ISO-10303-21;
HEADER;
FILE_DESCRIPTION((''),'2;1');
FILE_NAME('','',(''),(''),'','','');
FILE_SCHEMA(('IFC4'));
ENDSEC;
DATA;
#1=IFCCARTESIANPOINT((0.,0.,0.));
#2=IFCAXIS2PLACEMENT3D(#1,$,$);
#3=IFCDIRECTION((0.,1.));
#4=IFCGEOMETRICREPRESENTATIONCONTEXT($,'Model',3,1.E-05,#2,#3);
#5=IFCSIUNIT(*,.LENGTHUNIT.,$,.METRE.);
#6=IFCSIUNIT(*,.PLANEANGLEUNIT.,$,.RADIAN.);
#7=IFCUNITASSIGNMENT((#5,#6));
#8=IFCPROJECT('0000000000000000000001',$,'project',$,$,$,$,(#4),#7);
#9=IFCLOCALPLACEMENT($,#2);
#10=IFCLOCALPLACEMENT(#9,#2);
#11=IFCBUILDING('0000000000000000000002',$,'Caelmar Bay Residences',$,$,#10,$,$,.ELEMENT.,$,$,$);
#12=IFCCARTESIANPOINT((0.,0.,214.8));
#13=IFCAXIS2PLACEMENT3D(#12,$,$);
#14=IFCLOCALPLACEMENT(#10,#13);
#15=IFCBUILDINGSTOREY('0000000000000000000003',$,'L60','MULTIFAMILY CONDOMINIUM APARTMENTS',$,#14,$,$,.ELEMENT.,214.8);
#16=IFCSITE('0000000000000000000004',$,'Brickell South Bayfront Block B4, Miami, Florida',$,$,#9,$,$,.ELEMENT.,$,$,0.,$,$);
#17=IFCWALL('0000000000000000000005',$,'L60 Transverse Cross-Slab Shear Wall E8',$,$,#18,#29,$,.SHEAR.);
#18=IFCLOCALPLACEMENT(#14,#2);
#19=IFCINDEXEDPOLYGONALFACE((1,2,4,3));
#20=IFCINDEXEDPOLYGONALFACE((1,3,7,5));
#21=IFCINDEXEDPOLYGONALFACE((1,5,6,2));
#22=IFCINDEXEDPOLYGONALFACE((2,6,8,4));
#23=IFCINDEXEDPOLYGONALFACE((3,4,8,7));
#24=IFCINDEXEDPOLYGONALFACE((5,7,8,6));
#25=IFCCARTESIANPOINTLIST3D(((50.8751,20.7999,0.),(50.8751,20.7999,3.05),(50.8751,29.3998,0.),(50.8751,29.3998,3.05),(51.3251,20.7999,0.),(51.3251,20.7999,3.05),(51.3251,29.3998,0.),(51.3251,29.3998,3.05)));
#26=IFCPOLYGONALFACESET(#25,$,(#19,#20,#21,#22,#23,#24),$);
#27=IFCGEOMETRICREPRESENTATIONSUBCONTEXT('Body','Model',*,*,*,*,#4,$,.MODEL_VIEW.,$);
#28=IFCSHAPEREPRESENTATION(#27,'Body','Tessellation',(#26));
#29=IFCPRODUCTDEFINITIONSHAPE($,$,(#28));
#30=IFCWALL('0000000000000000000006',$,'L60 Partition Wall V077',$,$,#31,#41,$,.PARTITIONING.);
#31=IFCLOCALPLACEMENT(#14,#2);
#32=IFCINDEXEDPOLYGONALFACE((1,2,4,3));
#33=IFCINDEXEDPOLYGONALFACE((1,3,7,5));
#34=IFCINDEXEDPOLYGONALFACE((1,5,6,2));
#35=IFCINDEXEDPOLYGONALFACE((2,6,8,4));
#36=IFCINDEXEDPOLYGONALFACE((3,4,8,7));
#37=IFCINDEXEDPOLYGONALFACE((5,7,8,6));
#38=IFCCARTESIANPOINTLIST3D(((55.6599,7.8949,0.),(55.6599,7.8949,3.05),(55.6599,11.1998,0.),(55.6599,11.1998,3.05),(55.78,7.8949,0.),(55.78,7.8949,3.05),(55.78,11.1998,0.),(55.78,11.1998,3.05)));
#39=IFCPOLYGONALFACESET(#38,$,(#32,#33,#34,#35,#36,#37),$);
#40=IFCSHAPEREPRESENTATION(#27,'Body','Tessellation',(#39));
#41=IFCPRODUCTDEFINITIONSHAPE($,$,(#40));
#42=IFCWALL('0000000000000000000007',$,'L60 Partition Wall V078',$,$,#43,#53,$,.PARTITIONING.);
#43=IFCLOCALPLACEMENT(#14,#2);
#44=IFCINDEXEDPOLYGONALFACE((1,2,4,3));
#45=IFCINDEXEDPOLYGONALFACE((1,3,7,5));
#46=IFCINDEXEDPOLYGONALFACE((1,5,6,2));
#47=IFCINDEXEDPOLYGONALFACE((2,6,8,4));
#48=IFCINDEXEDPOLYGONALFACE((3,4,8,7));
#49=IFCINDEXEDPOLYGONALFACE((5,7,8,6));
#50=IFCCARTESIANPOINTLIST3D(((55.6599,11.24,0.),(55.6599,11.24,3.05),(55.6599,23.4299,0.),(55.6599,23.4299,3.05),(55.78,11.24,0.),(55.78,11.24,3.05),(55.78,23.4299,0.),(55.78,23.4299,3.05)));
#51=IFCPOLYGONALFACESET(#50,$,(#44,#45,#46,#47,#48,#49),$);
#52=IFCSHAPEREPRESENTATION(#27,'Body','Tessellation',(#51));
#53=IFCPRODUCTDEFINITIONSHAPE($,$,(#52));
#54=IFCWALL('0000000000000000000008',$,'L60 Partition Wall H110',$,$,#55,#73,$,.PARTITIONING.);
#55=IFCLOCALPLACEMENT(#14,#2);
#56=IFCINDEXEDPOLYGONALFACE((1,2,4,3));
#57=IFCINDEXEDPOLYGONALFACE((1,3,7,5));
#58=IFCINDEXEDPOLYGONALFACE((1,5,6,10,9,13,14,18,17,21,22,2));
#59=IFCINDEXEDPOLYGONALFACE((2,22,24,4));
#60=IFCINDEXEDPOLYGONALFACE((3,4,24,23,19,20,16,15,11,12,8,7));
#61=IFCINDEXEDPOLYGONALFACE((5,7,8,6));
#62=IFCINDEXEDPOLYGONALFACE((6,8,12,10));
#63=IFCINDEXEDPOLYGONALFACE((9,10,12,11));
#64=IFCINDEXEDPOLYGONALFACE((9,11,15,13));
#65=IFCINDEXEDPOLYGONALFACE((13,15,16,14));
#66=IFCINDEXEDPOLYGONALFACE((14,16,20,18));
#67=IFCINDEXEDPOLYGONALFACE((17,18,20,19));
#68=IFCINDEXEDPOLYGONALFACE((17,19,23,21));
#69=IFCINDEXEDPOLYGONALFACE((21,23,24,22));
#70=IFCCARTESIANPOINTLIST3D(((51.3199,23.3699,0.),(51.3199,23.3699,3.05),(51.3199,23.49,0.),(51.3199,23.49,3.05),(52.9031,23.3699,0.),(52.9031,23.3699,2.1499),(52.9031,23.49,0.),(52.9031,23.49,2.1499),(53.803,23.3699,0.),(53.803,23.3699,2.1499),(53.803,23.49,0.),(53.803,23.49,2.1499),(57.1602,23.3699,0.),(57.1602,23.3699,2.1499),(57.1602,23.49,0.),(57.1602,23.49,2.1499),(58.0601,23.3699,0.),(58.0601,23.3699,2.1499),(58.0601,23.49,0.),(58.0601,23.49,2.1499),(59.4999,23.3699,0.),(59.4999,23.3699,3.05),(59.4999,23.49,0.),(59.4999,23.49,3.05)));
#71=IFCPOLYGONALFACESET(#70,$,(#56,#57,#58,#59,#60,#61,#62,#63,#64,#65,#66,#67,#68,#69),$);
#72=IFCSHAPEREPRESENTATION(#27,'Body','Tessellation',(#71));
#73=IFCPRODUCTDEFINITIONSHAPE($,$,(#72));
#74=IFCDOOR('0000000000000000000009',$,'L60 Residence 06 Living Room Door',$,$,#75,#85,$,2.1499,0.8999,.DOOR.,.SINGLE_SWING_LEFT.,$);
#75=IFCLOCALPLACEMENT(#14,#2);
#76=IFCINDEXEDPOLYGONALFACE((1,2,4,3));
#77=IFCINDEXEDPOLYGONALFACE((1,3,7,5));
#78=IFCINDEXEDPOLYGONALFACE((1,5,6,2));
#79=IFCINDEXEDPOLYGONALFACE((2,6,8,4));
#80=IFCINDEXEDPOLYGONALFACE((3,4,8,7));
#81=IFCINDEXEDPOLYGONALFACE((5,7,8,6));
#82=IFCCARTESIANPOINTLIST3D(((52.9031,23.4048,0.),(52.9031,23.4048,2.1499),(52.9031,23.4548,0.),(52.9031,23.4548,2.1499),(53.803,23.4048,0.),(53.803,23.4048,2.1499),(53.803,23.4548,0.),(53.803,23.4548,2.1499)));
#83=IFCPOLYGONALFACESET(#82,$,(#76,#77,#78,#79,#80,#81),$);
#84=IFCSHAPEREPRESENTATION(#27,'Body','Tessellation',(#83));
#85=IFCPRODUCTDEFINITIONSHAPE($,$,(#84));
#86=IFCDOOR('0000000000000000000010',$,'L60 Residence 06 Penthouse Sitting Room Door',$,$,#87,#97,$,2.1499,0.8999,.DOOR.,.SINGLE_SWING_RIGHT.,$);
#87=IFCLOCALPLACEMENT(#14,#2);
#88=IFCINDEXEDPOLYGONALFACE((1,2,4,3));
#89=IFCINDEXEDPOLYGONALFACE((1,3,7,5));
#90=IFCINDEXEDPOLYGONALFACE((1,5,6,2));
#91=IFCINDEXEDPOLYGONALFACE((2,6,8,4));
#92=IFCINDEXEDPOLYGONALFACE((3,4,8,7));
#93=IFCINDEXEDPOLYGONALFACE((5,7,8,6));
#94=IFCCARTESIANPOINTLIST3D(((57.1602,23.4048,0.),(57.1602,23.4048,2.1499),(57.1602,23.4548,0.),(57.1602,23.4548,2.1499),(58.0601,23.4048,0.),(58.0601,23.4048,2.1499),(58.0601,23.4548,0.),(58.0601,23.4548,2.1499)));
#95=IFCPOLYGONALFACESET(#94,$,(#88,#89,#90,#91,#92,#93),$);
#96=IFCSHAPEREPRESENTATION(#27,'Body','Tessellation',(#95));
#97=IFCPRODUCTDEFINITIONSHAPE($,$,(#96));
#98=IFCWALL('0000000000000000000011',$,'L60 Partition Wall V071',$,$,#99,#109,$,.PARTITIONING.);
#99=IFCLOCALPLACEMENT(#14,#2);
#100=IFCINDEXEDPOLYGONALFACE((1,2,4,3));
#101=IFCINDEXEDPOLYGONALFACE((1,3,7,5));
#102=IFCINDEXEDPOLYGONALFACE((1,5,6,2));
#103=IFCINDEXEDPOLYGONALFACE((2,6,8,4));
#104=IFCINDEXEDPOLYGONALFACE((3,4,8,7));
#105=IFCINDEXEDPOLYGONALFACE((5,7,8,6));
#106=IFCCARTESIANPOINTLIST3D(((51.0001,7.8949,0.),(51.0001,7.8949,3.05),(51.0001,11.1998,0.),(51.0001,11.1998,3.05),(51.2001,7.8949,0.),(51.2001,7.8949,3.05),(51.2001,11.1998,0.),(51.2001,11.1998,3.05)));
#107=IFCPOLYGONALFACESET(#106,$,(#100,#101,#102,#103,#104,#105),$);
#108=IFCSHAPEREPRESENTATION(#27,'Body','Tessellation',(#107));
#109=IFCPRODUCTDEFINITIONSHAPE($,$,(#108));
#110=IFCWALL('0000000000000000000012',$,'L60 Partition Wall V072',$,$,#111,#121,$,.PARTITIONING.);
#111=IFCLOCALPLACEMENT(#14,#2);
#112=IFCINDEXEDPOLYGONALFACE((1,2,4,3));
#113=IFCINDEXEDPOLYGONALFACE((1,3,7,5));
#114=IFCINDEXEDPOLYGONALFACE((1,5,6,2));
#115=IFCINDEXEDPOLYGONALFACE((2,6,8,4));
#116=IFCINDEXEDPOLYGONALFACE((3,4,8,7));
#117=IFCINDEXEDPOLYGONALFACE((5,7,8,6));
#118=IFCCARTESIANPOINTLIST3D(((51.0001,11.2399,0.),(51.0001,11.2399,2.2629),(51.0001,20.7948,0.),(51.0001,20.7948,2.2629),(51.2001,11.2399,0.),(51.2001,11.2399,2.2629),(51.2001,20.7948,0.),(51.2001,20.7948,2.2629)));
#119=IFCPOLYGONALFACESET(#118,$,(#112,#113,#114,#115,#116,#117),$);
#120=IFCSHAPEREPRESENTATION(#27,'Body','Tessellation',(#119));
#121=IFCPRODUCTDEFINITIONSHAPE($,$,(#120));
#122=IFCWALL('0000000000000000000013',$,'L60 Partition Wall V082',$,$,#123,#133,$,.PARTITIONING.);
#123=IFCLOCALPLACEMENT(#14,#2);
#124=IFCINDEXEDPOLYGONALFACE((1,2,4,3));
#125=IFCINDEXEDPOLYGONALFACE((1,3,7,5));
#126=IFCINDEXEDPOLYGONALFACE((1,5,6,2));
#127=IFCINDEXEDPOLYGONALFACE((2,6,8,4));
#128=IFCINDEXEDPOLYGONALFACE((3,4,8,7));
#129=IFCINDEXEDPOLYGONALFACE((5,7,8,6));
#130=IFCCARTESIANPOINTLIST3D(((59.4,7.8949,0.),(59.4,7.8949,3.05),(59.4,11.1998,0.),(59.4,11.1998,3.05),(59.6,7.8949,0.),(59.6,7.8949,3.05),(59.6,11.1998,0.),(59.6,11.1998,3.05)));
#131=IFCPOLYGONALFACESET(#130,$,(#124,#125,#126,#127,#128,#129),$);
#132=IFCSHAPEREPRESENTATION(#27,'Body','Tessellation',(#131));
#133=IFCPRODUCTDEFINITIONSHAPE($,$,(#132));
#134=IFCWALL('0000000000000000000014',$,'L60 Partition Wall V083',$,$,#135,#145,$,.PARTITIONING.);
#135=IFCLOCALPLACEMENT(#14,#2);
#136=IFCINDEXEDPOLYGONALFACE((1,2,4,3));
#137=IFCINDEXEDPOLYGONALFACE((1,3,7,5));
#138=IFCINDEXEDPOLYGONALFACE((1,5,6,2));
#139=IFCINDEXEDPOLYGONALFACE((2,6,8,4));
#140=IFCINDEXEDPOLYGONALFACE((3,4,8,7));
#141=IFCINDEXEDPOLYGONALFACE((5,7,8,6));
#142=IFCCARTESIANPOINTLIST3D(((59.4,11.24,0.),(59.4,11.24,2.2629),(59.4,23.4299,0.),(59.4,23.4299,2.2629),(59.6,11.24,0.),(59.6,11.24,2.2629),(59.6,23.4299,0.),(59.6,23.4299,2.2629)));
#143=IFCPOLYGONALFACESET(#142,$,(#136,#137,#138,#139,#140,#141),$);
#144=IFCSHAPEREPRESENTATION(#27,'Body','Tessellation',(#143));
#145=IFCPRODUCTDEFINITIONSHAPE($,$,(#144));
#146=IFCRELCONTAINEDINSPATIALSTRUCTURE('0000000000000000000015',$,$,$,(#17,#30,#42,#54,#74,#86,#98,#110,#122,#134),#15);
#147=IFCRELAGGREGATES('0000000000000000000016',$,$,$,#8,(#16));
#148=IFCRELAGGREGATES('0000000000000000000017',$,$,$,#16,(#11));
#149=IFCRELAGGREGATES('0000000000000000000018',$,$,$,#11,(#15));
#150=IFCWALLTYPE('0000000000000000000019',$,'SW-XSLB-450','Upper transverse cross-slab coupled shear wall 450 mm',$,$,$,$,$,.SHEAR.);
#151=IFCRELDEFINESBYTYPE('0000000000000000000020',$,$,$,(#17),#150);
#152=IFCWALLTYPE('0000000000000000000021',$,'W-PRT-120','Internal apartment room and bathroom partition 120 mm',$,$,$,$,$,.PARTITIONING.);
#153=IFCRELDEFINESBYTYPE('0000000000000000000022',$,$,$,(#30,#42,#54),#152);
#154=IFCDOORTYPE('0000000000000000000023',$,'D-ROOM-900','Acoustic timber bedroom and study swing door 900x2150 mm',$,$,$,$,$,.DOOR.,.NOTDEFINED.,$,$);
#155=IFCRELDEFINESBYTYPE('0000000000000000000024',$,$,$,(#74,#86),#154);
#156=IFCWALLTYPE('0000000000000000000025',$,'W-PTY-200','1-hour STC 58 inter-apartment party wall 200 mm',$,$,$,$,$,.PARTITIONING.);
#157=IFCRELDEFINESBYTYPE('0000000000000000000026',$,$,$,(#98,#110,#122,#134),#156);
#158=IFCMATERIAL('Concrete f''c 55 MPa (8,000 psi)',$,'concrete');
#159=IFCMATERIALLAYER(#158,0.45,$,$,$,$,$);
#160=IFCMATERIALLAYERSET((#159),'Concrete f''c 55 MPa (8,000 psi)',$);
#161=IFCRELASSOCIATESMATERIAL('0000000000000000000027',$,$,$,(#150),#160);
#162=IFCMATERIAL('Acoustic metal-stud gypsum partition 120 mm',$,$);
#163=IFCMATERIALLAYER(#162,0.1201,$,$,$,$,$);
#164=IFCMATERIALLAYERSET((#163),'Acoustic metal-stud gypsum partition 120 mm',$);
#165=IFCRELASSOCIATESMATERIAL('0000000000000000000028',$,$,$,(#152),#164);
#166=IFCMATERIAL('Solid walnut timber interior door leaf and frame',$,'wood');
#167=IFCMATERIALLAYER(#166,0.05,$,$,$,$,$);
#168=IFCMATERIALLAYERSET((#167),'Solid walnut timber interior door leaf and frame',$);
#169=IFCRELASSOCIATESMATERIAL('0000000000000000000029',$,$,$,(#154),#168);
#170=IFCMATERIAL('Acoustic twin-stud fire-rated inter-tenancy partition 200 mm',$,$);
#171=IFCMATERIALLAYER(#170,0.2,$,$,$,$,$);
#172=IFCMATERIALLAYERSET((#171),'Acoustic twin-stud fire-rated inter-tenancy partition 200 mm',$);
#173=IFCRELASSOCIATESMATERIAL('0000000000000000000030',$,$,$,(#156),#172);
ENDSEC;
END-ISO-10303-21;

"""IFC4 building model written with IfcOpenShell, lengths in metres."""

from ifc_helpers import new_model, si_unit, direction, frame, frame_2d, origin, place, context, subcontext, project, spatial, rectangle, extrude, material, layer, layer_set, type_object, element, fill, save


model = new_model("IFC4")

# Units and contexts
model_context = context("Model", 3, precision=1e-05, world=origin(), true_north=direction((0.0, 1.0)))
body_context = subcontext(model_context, "Body", "Model", "MODEL_VIEW")
ifc_project = project(units=[si_unit("LENGTHUNIT", "METRE"), si_unit("PLANEANGLEUNIT", "RADIAN")], contexts=[model_context])

# Site, building, storey
site_placement = place(None, origin())
site = spatial("IfcSite", under=ifc_project, at=site_placement, Name="Brickell South Bayfront Block B4, Miami, Florida", CompositionType="ELEMENT", RefElevation=0.0)
building_placement = place(site_placement, origin())
building = spatial("IfcBuilding", under=site, at=building_placement, Name="Caelmar Bay Residences", CompositionType="ELEMENT")
storey_placement = place(building_placement, frame((0.0, 0.0, 214.8)))
storey = spatial("IfcBuildingStorey", under=building, at=storey_placement, Name="L60", Description="MULTIFAMILY CONDOMINIUM APARTMENTS", CompositionType="ELEMENT", Elevation=214.8)

# Shared definitions
ifc_material_1 = material(Name="Concrete f'c 55 MPa (8,000 psi)", Category="concrete")

# Walls
ifc_layer_1 = layer(ifc_material_1, 0.45)
ifc_layer_set_1 = layer_set([ifc_layer_1], Name="Concrete f'c 55 MPa (8,000 psi)")
wall_type_1 = type_object("IfcWallType", Name="SW-XSLB-450", Description="Upper transverse cross-slab coupled shear wall 450 mm", PredefinedType="SHEAR", material=ifc_layer_set_1)
wall_1_placement = place(storey_placement, frame((51.1001, 20.8, 0.0), z_axis=(0.0, 0.0, 1.0), x_axis=(0.0, 1.0, 0.0)))
element("IfcWall", 1, at=wall_1_placement, inside=storey, type_object=wall_type_1, Name="L60 Transverse Cross-Slab Shear Wall E8", PredefinedType="SHEAR", context=body_context, shape_type="SweptSolid", body=[
    extrude(rectangle(XDim=8.5999, YDim=0.45, at=frame_2d((4.2998, 0.0))), origin(), (0.0, 0.0, 1.0), 3.05),
])
ifc_material_2 = material(Name="Acoustic metal-stud gypsum partition 120 mm")
ifc_layer_2 = layer(ifc_material_2, 0.1201)
ifc_layer_set_2 = layer_set([ifc_layer_2], Name="Acoustic metal-stud gypsum partition 120 mm")
wall_type_2 = type_object("IfcWallType", Name="W-PRT-120", Description="Internal apartment room and bathroom partition 120 mm", PredefinedType="PARTITIONING", material=ifc_layer_set_2)
wall_2_placement = place(storey_placement, frame((55.72, 7.895, 0.0), z_axis=(0.0, 0.0, 1.0), x_axis=(0.0, 1.0, 0.0)))
element("IfcWall", 2, at=wall_2_placement, inside=storey, type_object=wall_type_2, Name="L60 Partition Wall V077", PredefinedType="PARTITIONING", context=body_context, shape_type="SweptSolid", body=[
    extrude(rectangle(XDim=3.3049, YDim=0.1201, at=frame_2d((1.6523, 0.0))), origin(), (0.0, 0.0, 1.0), 3.05),
])
wall_3_placement = place(storey_placement, frame((55.72, 11.24, 0.0), z_axis=(0.0, 0.0, 1.0), x_axis=(0.0, 1.0, 0.0)))
element("IfcWall", 3, at=wall_3_placement, inside=storey, type_object=wall_type_2, Name="L60 Partition Wall V078", PredefinedType="PARTITIONING", context=body_context, shape_type="SweptSolid", body=[
    extrude(rectangle(XDim=12.1899, YDim=0.1201, at=frame_2d((6.095, 0.0))), origin(), (0.0, 0.0, 1.0), 3.05),
])

# Shared definitions
ifc_material_3 = material(Name="Solid walnut timber interior door leaf and frame", Category="wood")
ifc_layer_3 = layer(ifc_material_3, 0.05)
ifc_layer_set_3 = layer_set([ifc_layer_3], Name="Solid walnut timber interior door leaf and frame")
door_type = type_object("IfcDoorType", Name="D-ROOM-900", Description="Acoustic timber bedroom and study swing door 900x2150 mm", OperationType="NOTDEFINED", PredefinedType="DOOR", material=ifc_layer_set_3)

# Wall, openings, doors
wall_4_placement = place(storey_placement, frame((51.3201, 23.4299, 0.0), z_axis=(0.0, 0.0, 1.0), x_axis=(1.0, 0.0, 0.0)))
wall_4 = element("IfcWall", 4, at=wall_4_placement, inside=storey, type_object=wall_type_2, Name="L60 Partition Wall H110", PredefinedType="PARTITIONING", context=body_context, shape_type="SweptSolid", body=[
    extrude(rectangle(XDim=8.1799, YDim=0.1201, at=frame_2d((4.0898, 0.0))), origin(), (0.0, 0.0, 1.0), 3.05),
])
opening_1_placement = place(wall_4_placement, frame((1.583, 0.0, 0.0)))
opening_1 = element("IfcOpeningElement", 5, at=opening_1_placement, cuts=wall_4, PredefinedType="OPENING", context=body_context, shape_type="SweptSolid", body=[
    extrude(rectangle(XDim=0.8999, YDim=2.1499, at=frame_2d((0.45, 1.075))), frame((0.0, 0.0701, 0.0), z_axis=(0.0, -1.0, 0.0), x_axis=(1.0, 0.0, 0.0)), (0.0, 0.0, 1.0), 0.1401),
])
opening_2_placement = place(wall_4_placement, frame((5.8401, 0.0, 0.0)))
opening_2 = element("IfcOpeningElement", 6, at=opening_2_placement, cuts=wall_4, PredefinedType="OPENING", context=body_context, shape_type="SweptSolid", body=[
    extrude(rectangle(XDim=0.8999, YDim=2.1499, at=frame_2d((0.45, 1.075))), frame((0.0, 0.0701, 0.0), z_axis=(0.0, -1.0, 0.0), x_axis=(1.0, 0.0, 0.0)), (0.0, 0.0, 1.0), 0.1401),
])
door_1_placement = place(opening_1_placement, origin())
door_1 = element("IfcDoor", 7, at=door_1_placement, inside=storey, type_object=door_type, Name="L60 Residence 06 Living Room Door", OperationType="SINGLE_SWING_LEFT", OverallHeight=2.1499, OverallWidth=0.8999, PredefinedType="DOOR", context=body_context, shape_type="SweptSolid", body=[
    extrude(rectangle(XDim=0.8999, YDim=2.1499, at=frame_2d((0.45, 1.075))), frame((0.0, 0.0249, 0.0), z_axis=(0.0, -1.0, 0.0), x_axis=(1.0, 0.0, 0.0)), (0.0, 0.0, 1.0), 0.05),
])
fill(opening_1, door_1)
door_2_placement = place(opening_2_placement, origin())
door_2 = element("IfcDoor", 8, at=door_2_placement, inside=storey, type_object=door_type, Name="L60 Residence 06 Penthouse Sitting Room Door", OperationType="SINGLE_SWING_RIGHT", OverallHeight=2.1499, OverallWidth=0.8999, PredefinedType="DOOR", context=body_context, shape_type="SweptSolid", body=[
    extrude(rectangle(XDim=0.8999, YDim=2.1499, at=frame_2d((0.45, 1.075))), frame((0.0, 0.0249, 0.0), z_axis=(0.0, -1.0, 0.0), x_axis=(1.0, 0.0, 0.0)), (0.0, 0.0, 1.0), 0.05),
])
fill(opening_2, door_2)

# Walls
ifc_material_4 = material(Name="Acoustic twin-stud fire-rated inter-tenancy partition 200 mm")
ifc_layer_4 = layer(ifc_material_4, 0.2)
ifc_layer_set_4 = layer_set([ifc_layer_4], Name="Acoustic twin-stud fire-rated inter-tenancy partition 200 mm")
wall_type_3 = type_object("IfcWallType", Name="W-PTY-200", Description="1-hour STC 58 inter-apartment party wall 200 mm", PredefinedType="PARTITIONING", material=ifc_layer_set_4)
wall_5_placement = place(storey_placement, frame((51.1001, 7.895, 0.0), z_axis=(0.0, 0.0, 1.0), x_axis=(0.0, 1.0, 0.0)))
element("IfcWall", 9, at=wall_5_placement, inside=storey, type_object=wall_type_3, Name="L60 Partition Wall V071", PredefinedType="PARTITIONING", context=body_context, shape_type="SweptSolid", body=[
    extrude(rectangle(XDim=3.3049, YDim=0.2, at=frame_2d((1.6523, 0.0))), origin(), (0.0, 0.0, 1.0), 3.05),
])
wall_6_placement = place(storey_placement, frame((51.1001, 11.24, 0.0), z_axis=(0.0, 0.0, 1.0), x_axis=(0.0, 1.0, 0.0)))
element("IfcWall", 10, at=wall_6_placement, inside=storey, type_object=wall_type_3, Name="L60 Partition Wall V072", PredefinedType="PARTITIONING", context=body_context, shape_type="SweptSolid", body=[
    extrude(rectangle(XDim=9.5549, YDim=0.2, at=frame_2d((4.7773, 0.0))), origin(), (0.0, 0.0, 1.0), 2.2629),
])
wall_7_placement = place(storey_placement, frame((59.5, 7.895, 0.0), z_axis=(0.0, 0.0, 1.0), x_axis=(0.0, 1.0, 0.0)))
element("IfcWall", 11, at=wall_7_placement, inside=storey, type_object=wall_type_3, Name="L60 Partition Wall V082", PredefinedType="PARTITIONING", context=body_context, shape_type="SweptSolid", body=[
    extrude(rectangle(XDim=3.3049, YDim=0.2, at=frame_2d((1.6523, 0.0))), origin(), (0.0, 0.0, 1.0), 3.05),
])
wall_8_placement = place(storey_placement, frame((59.5, 11.24, 0.0), z_axis=(0.0, 0.0, 1.0), x_axis=(0.0, 1.0, 0.0)))
element("IfcWall", 12, at=wall_8_placement, inside=storey, type_object=wall_type_3, Name="L60 Partition Wall V083", PredefinedType="PARTITIONING", context=body_context, shape_type="SweptSolid", body=[
    extrude(rectangle(XDim=12.1899, YDim=0.2, at=frame_2d((6.095, 0.0))), origin(), (0.0, 0.0, 1.0), 2.2629),
])

save(model, "model.ifc")
